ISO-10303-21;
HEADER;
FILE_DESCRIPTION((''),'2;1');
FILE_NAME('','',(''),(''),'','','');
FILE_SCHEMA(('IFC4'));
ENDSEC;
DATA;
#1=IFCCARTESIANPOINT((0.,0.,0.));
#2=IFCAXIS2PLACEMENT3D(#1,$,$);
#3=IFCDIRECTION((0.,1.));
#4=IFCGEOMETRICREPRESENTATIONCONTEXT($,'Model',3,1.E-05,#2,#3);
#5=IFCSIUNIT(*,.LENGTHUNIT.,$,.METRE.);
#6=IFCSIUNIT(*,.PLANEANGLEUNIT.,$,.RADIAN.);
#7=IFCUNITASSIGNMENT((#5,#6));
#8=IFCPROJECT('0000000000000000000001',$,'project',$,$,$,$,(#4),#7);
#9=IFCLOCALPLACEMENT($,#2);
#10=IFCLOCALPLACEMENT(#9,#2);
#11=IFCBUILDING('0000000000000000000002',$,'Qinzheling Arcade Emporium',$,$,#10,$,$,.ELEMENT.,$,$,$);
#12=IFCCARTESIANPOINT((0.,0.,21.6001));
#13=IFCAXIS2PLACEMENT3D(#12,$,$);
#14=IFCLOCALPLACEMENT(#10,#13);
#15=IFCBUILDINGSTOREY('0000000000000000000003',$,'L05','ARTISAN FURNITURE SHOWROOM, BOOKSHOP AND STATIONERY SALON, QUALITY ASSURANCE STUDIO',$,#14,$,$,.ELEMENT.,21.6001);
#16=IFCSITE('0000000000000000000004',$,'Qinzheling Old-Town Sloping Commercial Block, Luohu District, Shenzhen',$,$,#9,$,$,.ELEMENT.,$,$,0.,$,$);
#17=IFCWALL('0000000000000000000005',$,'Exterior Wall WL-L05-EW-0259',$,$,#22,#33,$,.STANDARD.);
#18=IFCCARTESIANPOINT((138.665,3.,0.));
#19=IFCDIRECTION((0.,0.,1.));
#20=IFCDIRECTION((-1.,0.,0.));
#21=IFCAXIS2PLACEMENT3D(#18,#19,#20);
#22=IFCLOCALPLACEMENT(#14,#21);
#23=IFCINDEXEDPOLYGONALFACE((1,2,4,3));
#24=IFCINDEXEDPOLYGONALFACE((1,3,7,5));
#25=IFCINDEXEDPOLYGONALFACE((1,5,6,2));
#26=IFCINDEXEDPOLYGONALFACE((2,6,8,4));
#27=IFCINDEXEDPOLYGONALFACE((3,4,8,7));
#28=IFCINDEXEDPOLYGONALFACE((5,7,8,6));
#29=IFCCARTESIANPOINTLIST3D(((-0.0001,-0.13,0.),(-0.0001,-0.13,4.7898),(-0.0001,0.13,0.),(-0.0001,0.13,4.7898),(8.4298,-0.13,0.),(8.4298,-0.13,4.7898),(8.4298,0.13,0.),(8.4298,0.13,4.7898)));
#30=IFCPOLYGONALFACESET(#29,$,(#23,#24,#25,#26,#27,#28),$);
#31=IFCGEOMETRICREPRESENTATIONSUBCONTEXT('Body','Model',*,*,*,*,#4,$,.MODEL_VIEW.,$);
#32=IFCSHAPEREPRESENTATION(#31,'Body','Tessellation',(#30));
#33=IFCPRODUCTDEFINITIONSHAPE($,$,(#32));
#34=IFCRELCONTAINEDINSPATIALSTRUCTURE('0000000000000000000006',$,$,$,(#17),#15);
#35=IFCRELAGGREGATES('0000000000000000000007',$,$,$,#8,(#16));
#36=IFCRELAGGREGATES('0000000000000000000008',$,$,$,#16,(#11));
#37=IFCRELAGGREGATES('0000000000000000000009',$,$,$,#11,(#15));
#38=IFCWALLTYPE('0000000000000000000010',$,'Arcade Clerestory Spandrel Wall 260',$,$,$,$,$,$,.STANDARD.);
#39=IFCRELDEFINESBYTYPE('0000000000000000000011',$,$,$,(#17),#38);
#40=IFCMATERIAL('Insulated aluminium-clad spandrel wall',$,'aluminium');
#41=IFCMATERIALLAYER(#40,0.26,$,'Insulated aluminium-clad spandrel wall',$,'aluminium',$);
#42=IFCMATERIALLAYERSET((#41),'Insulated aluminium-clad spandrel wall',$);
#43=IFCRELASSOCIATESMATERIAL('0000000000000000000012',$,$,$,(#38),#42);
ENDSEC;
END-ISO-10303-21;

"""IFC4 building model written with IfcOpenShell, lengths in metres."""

from ifc_helpers import new_model, si_unit, direction, frame, frame_2d, origin, place, context, subcontext, project, spatial, rectangle, extrude, material, layer, layer_set, type_object, element, save


model = new_model("IFC4")

# Units and contexts
model_context = context("Model", 3, precision=1e-05, world=origin(), true_north=direction((0.0, 1.0)))
body_context = subcontext(model_context, "Body", "Model", "MODEL_VIEW")
ifc_project = project(units=[si_unit("LENGTHUNIT", "METRE"), si_unit("PLANEANGLEUNIT", "RADIAN")], contexts=[model_context])

# Site, building, storey
site_placement = place(None, origin())
site = spatial("IfcSite", under=ifc_project, at=site_placement, Name="Qinzheling Old-Town Sloping Commercial Block, Luohu District, Shenzhen", CompositionType="ELEMENT", RefElevation=0.0)
building_placement = place(site_placement, origin())
building = spatial("IfcBuilding", under=site, at=building_placement, Name="Qinzheling Arcade Emporium", CompositionType="ELEMENT")
storey_placement = place(building_placement, frame((0.0, 0.0, 21.6001)))
storey = spatial("IfcBuildingStorey", under=building, at=storey_placement, Name="L05", Description="ARTISAN FURNITURE SHOWROOM, BOOKSHOP AND STATIONERY SALON, QUALITY ASSURANCE STUDIO", CompositionType="ELEMENT", Elevation=21.6001)

# Wall
ifc_material_1 = material(Name="Insulated aluminium-clad spandrel wall", Category="aluminium")
ifc_layer_1 = layer(ifc_material_1, 0.26, Name="Insulated aluminium-clad spandrel wall", Category="aluminium")
ifc_layer_set_1 = layer_set([ifc_layer_1], Name="Insulated aluminium-clad spandrel wall")
wall_type_1 = type_object("IfcWallType", Name="Arcade Clerestory Spandrel Wall 260", PredefinedType="STANDARD", material=ifc_layer_set_1)
wall_1_placement = place(storey_placement, frame((138.665, 3.0, 0.0), z_axis=(0.0, 0.0, 1.0), x_axis=(-1.0, 0.0, 0.0)))
element("IfcWall", 1, at=wall_1_placement, inside=storey, type_object=wall_type_1, Name="Exterior Wall WL-L05-EW-0259", PredefinedType="STANDARD", context=body_context, shape_type="SweptSolid", body=[
    extrude(rectangle(XDim=8.4299, YDim=0.26, at=frame_2d((4.2148, 0.0))), origin(), (0.0, 0.0, 1.0), 4.7898),
])

save(model, "model.ifc")
